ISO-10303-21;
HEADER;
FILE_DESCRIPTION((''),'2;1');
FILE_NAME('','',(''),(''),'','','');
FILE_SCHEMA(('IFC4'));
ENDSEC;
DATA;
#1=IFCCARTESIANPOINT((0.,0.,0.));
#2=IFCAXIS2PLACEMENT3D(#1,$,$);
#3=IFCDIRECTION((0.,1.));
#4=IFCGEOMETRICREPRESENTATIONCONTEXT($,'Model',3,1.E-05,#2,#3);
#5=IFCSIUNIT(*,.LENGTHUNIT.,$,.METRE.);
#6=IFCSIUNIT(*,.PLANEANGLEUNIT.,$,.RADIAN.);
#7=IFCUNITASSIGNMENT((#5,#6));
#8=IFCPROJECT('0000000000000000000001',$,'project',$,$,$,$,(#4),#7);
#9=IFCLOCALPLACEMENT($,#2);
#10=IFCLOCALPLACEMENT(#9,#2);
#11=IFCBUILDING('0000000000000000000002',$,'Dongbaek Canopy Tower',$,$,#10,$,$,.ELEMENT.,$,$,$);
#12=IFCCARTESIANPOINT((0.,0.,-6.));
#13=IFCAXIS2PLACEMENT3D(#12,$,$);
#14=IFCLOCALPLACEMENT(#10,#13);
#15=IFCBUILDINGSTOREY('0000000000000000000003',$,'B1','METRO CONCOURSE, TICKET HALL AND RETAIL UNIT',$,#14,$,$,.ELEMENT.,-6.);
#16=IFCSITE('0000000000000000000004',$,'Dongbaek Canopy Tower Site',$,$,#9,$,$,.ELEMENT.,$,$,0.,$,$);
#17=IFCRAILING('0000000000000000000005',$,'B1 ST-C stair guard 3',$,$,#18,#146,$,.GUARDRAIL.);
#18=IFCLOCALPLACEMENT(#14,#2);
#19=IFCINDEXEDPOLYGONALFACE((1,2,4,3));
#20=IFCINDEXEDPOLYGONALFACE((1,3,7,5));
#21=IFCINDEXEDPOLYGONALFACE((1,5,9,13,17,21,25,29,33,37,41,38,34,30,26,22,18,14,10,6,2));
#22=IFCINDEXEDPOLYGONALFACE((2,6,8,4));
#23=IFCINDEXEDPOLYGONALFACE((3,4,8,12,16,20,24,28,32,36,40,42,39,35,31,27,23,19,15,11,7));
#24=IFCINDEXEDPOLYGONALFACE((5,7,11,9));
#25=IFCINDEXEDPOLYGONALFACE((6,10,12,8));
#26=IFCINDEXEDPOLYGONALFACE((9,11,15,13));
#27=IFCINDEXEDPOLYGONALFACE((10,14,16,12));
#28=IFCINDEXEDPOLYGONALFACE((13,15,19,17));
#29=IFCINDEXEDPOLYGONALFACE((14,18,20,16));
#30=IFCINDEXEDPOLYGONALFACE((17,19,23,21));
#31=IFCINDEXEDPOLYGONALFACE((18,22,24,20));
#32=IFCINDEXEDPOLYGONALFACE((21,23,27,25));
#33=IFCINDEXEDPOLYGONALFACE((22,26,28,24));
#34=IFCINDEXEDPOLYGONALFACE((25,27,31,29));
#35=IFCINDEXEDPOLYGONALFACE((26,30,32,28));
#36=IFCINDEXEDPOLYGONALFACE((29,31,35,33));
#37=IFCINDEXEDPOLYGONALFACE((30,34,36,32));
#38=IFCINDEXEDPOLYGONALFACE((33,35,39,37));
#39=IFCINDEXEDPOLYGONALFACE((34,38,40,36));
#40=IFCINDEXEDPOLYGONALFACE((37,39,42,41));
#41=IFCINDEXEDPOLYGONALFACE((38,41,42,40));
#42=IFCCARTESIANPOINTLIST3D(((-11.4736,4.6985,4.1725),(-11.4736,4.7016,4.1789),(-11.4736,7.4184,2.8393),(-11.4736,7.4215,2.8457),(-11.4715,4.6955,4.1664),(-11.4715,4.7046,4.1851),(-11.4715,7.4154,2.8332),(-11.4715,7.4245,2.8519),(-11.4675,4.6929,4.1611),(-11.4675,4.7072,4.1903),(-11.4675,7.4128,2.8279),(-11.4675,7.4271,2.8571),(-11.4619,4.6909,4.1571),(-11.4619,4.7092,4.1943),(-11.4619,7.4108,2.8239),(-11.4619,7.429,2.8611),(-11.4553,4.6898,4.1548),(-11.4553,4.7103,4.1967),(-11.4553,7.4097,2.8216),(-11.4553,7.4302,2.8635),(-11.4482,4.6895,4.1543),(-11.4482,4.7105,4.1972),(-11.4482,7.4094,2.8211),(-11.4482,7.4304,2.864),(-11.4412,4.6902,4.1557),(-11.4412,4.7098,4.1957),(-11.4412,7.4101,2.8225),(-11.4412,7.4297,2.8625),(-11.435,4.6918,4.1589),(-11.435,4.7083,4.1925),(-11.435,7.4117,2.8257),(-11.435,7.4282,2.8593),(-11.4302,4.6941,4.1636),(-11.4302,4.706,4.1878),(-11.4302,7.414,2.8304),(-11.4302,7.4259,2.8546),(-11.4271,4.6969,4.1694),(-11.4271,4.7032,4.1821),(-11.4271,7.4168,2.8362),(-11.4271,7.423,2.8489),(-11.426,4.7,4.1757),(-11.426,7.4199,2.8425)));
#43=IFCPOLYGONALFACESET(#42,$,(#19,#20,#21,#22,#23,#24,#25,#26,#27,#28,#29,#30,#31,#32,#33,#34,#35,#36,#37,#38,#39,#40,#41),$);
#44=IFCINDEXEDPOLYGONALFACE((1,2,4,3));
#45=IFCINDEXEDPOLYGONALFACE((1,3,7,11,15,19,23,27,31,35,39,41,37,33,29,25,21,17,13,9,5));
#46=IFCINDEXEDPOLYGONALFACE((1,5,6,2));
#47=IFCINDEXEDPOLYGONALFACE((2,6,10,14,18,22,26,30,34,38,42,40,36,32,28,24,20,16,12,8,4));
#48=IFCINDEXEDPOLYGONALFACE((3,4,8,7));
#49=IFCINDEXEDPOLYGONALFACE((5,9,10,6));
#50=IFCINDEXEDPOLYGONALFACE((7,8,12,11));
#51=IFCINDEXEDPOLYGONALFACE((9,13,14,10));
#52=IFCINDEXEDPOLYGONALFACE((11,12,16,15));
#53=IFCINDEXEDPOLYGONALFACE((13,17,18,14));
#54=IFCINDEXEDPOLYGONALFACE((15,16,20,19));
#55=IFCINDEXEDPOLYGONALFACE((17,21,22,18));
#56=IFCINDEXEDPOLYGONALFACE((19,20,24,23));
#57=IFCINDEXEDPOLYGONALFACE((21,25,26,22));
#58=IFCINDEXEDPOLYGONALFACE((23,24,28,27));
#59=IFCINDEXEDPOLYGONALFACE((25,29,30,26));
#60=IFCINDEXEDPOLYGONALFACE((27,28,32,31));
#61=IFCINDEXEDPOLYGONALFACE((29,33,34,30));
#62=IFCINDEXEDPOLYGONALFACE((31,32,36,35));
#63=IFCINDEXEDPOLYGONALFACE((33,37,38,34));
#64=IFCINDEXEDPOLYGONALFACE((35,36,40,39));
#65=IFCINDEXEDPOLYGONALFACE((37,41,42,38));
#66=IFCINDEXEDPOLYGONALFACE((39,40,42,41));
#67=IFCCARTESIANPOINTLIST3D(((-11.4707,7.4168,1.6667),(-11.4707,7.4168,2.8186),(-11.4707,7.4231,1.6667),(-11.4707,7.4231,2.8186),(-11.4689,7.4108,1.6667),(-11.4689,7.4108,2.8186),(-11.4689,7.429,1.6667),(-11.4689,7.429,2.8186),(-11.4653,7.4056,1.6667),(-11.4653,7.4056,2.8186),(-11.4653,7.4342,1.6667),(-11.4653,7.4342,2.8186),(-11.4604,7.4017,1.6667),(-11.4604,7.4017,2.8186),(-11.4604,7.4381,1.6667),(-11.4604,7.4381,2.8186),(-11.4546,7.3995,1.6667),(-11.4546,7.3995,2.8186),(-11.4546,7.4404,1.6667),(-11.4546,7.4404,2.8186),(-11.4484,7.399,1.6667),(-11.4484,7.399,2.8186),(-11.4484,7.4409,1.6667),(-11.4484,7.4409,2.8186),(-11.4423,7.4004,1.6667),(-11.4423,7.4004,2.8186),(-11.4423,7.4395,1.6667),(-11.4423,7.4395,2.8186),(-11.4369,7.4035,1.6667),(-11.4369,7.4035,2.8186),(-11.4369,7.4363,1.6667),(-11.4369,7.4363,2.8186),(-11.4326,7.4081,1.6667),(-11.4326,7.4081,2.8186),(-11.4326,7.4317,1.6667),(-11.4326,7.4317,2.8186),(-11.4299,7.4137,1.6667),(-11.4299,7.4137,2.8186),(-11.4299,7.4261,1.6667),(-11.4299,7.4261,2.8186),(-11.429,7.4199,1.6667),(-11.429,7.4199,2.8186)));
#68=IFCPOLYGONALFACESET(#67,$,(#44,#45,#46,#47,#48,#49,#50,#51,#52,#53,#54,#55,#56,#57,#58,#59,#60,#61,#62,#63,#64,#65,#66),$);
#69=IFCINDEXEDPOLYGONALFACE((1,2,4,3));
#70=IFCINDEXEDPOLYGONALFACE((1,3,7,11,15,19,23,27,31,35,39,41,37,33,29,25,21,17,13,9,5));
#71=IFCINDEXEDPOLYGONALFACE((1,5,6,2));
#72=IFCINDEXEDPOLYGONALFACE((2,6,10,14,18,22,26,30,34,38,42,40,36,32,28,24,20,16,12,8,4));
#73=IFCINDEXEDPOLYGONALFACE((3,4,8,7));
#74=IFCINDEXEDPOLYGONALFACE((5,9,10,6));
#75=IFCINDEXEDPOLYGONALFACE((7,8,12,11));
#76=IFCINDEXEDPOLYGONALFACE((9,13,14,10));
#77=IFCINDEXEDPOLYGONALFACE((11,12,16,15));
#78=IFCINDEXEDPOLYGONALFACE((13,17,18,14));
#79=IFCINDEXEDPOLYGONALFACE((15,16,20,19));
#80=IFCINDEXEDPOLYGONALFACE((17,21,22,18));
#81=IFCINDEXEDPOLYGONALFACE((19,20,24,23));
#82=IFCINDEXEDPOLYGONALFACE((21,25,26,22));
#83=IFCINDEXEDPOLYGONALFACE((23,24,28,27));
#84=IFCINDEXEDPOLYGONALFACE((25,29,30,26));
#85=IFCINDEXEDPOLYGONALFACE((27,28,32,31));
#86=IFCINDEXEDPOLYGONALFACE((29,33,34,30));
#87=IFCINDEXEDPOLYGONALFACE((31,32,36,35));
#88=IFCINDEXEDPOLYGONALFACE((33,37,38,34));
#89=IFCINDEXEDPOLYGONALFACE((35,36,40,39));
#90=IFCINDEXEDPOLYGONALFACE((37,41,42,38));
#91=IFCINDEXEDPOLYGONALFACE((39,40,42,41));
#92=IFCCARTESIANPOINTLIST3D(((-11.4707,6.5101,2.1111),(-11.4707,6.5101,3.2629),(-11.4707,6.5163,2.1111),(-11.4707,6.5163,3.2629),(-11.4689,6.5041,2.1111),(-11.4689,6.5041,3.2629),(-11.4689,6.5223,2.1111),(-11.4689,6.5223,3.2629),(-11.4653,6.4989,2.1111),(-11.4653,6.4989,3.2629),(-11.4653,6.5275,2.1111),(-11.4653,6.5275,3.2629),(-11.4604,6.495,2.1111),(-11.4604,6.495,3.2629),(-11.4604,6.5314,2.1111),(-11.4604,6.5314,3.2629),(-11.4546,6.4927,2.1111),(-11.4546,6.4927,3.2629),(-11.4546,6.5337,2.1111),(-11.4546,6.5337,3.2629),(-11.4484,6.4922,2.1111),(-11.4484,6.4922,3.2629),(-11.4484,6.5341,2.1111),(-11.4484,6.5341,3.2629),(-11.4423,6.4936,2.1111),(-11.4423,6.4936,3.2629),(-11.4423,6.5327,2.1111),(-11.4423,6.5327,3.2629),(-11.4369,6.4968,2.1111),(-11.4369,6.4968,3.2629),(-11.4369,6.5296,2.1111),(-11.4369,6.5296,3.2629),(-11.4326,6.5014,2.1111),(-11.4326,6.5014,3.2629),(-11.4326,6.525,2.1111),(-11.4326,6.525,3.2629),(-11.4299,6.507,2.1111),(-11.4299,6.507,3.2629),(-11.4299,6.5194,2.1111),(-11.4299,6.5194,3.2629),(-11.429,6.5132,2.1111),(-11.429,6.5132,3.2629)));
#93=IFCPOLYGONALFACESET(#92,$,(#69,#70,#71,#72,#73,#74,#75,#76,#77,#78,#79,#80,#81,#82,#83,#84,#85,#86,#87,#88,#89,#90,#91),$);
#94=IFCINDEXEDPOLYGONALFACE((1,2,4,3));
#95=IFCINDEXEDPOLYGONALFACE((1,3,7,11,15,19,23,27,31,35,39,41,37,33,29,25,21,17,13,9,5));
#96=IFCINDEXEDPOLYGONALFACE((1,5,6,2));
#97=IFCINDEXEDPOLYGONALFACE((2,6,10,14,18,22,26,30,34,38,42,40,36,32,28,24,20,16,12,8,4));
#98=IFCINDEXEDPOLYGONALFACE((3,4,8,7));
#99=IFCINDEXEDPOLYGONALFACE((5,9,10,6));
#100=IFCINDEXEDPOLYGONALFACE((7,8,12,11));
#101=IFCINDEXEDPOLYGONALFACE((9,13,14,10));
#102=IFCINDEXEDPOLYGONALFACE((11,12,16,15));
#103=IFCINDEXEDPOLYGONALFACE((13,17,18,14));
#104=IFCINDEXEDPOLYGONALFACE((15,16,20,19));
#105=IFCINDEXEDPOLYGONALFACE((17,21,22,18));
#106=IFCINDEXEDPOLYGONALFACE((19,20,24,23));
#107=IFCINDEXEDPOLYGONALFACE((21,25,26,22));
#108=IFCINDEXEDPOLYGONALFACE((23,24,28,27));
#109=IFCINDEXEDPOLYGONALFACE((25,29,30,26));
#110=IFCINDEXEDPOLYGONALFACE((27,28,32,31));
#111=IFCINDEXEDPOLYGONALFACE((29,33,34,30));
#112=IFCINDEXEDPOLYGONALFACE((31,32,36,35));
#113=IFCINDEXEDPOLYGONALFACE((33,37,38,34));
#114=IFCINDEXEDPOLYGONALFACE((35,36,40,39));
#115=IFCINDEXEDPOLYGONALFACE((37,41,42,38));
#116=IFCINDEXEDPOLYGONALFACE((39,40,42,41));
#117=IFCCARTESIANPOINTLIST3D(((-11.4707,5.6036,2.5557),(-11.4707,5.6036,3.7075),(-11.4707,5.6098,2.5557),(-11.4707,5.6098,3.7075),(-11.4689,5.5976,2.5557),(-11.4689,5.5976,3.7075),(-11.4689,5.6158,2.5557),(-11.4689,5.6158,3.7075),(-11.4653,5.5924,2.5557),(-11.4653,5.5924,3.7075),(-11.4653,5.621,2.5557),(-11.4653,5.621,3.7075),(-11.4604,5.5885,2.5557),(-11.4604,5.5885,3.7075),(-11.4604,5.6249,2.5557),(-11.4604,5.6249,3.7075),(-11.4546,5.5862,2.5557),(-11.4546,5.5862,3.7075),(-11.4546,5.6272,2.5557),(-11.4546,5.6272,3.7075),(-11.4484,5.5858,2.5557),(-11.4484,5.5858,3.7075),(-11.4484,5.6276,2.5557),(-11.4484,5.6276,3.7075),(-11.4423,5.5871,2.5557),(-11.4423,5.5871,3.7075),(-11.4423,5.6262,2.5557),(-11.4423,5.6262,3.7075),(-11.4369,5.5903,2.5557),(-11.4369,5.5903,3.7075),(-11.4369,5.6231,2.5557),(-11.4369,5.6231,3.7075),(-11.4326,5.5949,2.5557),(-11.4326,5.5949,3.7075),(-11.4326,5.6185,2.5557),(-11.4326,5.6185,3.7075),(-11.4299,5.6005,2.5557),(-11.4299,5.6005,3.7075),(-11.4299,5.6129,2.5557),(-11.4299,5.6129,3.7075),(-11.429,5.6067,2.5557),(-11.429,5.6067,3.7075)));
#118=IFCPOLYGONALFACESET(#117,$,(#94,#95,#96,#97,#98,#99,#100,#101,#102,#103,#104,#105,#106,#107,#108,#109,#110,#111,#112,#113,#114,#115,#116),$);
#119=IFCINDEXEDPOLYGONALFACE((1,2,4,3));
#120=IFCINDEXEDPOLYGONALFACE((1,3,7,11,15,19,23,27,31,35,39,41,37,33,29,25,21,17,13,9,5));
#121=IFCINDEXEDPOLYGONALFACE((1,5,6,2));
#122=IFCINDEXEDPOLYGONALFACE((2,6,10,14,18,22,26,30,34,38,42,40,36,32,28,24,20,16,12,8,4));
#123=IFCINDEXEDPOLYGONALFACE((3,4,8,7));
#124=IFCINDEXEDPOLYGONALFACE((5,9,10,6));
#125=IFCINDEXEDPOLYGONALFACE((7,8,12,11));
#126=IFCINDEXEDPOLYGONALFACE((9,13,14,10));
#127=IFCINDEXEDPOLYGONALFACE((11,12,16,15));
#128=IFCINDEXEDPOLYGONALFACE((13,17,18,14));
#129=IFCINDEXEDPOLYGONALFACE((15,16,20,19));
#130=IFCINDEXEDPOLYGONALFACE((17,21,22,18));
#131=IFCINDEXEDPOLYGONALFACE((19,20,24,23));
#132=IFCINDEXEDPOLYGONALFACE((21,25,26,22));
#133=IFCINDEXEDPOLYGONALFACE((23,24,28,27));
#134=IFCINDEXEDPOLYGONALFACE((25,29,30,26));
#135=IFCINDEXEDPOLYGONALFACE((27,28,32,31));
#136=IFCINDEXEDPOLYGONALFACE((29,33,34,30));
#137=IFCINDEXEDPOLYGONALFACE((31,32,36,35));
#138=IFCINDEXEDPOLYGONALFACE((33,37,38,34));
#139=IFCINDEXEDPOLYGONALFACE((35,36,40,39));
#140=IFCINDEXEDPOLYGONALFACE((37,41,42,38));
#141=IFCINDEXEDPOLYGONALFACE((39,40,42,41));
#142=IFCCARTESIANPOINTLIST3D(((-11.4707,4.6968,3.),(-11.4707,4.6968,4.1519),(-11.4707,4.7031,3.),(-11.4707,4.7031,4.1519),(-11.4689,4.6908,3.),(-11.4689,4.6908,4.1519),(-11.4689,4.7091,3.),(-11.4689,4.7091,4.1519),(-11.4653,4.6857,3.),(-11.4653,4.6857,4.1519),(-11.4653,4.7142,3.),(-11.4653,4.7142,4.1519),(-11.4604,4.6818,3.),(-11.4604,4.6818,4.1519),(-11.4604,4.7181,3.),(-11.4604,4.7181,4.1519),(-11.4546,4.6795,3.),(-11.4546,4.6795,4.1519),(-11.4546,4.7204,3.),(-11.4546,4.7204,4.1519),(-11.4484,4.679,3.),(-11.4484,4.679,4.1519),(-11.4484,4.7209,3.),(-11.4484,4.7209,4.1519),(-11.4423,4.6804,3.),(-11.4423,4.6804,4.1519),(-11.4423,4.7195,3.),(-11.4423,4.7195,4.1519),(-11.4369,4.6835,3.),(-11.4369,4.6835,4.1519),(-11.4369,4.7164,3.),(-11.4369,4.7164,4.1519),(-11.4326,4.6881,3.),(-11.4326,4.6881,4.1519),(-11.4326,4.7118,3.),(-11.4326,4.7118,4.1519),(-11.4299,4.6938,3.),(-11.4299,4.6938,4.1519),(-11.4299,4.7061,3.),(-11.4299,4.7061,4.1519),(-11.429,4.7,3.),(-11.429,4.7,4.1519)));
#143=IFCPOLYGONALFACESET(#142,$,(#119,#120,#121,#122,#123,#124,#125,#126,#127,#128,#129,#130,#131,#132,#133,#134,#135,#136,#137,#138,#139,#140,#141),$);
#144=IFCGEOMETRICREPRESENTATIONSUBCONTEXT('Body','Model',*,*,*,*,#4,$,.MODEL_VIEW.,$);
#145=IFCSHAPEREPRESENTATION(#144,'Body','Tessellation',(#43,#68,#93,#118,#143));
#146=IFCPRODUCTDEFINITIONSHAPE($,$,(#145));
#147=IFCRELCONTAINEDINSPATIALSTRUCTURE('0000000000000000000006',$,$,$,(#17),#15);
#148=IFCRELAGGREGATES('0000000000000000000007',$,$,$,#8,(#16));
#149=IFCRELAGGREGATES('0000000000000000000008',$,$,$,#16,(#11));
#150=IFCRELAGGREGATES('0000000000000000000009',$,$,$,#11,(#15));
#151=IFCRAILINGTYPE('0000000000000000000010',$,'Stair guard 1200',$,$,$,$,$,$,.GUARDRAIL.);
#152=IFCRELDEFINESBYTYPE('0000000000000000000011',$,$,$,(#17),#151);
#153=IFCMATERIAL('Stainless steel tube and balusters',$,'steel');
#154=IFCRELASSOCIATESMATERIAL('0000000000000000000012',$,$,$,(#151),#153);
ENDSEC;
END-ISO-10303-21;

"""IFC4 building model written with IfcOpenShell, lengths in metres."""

from ifc_helpers import new_model, si_unit, direction, frame, origin, origin_2d, place, context, subcontext, project, spatial, circle, extrude, material, type_object, element, save


model = new_model("IFC4")

# Units and contexts
model_context = context("Model", 3, precision=1e-05, world=origin(), true_north=direction((0.0, 1.0)))
body_context = subcontext(model_context, "Body", "Model", "MODEL_VIEW")
ifc_project = project(units=[si_unit("LENGTHUNIT", "METRE"), si_unit("PLANEANGLEUNIT", "RADIAN")], contexts=[model_context])

# Site, building, storey
site_placement = place(None, origin())
site = spatial("IfcSite", under=ifc_project, at=site_placement, Name="Dongbaek Canopy Tower Site", CompositionType="ELEMENT", RefElevation=0.0)
building_placement = place(site_placement, origin())
building = spatial("IfcBuilding", under=site, at=building_placement, Name="Dongbaek Canopy Tower", CompositionType="ELEMENT")
storey_placement = place(building_placement, frame((0.0, 0.0, -6.0)))
storey = spatial("IfcBuildingStorey", under=building, at=storey_placement, Name="B1", Description="METRO CONCOURSE, TICKET HALL AND RETAIL UNIT", CompositionType="ELEMENT", Elevation=-6.0)

# Railing
ifc_material_1 = material(Name="Stainless steel tube and balusters", Category="steel")
railing_type = type_object("IfcRailingType", Name="Stair guard 1200", PredefinedType="GUARDRAIL", material=ifc_material_1)
railing_1_placement = place(storey_placement, frame((-11.45, 7.4199, 1.6667)))
element("IfcRailing", 1, at=railing_1_placement, inside=storey, type_object=railing_type, Name="B1 ST-C stair guard 3", PredefinedType="GUARDRAIL", context=body_context, shape_type="SweptSolid", body=[
    extrude(circle(Radius=0.0239, at=origin_2d()), frame((0.0, 0.0, 1.1758), z_axis=(0.0, -0.897929, 0.440139), x_axis=(1.0, 0.0, 0.0)), (0.0, 0.0, 1.0), 3.0291),
    extrude(circle(Radius=0.021, at=origin_2d()), origin(), (0.0, 0.0, 1.0), 1.1519),
    extrude(circle(Radius=0.021, at=origin_2d()), frame((0.0, -0.9067, 0.4443)), (0.0, 0.0, 1.0), 1.1519),
    extrude(circle(Radius=0.021, at=origin_2d()), frame((0.0, -1.8132, 0.8889)), (0.0, 0.0, 1.0), 1.1519),
    extrude(circle(Radius=0.021, at=origin_2d()), frame((0.0, -2.72, 1.3333)), (0.0, 0.0, 1.0), 1.1519),
])

save(model, "model.ifc")
